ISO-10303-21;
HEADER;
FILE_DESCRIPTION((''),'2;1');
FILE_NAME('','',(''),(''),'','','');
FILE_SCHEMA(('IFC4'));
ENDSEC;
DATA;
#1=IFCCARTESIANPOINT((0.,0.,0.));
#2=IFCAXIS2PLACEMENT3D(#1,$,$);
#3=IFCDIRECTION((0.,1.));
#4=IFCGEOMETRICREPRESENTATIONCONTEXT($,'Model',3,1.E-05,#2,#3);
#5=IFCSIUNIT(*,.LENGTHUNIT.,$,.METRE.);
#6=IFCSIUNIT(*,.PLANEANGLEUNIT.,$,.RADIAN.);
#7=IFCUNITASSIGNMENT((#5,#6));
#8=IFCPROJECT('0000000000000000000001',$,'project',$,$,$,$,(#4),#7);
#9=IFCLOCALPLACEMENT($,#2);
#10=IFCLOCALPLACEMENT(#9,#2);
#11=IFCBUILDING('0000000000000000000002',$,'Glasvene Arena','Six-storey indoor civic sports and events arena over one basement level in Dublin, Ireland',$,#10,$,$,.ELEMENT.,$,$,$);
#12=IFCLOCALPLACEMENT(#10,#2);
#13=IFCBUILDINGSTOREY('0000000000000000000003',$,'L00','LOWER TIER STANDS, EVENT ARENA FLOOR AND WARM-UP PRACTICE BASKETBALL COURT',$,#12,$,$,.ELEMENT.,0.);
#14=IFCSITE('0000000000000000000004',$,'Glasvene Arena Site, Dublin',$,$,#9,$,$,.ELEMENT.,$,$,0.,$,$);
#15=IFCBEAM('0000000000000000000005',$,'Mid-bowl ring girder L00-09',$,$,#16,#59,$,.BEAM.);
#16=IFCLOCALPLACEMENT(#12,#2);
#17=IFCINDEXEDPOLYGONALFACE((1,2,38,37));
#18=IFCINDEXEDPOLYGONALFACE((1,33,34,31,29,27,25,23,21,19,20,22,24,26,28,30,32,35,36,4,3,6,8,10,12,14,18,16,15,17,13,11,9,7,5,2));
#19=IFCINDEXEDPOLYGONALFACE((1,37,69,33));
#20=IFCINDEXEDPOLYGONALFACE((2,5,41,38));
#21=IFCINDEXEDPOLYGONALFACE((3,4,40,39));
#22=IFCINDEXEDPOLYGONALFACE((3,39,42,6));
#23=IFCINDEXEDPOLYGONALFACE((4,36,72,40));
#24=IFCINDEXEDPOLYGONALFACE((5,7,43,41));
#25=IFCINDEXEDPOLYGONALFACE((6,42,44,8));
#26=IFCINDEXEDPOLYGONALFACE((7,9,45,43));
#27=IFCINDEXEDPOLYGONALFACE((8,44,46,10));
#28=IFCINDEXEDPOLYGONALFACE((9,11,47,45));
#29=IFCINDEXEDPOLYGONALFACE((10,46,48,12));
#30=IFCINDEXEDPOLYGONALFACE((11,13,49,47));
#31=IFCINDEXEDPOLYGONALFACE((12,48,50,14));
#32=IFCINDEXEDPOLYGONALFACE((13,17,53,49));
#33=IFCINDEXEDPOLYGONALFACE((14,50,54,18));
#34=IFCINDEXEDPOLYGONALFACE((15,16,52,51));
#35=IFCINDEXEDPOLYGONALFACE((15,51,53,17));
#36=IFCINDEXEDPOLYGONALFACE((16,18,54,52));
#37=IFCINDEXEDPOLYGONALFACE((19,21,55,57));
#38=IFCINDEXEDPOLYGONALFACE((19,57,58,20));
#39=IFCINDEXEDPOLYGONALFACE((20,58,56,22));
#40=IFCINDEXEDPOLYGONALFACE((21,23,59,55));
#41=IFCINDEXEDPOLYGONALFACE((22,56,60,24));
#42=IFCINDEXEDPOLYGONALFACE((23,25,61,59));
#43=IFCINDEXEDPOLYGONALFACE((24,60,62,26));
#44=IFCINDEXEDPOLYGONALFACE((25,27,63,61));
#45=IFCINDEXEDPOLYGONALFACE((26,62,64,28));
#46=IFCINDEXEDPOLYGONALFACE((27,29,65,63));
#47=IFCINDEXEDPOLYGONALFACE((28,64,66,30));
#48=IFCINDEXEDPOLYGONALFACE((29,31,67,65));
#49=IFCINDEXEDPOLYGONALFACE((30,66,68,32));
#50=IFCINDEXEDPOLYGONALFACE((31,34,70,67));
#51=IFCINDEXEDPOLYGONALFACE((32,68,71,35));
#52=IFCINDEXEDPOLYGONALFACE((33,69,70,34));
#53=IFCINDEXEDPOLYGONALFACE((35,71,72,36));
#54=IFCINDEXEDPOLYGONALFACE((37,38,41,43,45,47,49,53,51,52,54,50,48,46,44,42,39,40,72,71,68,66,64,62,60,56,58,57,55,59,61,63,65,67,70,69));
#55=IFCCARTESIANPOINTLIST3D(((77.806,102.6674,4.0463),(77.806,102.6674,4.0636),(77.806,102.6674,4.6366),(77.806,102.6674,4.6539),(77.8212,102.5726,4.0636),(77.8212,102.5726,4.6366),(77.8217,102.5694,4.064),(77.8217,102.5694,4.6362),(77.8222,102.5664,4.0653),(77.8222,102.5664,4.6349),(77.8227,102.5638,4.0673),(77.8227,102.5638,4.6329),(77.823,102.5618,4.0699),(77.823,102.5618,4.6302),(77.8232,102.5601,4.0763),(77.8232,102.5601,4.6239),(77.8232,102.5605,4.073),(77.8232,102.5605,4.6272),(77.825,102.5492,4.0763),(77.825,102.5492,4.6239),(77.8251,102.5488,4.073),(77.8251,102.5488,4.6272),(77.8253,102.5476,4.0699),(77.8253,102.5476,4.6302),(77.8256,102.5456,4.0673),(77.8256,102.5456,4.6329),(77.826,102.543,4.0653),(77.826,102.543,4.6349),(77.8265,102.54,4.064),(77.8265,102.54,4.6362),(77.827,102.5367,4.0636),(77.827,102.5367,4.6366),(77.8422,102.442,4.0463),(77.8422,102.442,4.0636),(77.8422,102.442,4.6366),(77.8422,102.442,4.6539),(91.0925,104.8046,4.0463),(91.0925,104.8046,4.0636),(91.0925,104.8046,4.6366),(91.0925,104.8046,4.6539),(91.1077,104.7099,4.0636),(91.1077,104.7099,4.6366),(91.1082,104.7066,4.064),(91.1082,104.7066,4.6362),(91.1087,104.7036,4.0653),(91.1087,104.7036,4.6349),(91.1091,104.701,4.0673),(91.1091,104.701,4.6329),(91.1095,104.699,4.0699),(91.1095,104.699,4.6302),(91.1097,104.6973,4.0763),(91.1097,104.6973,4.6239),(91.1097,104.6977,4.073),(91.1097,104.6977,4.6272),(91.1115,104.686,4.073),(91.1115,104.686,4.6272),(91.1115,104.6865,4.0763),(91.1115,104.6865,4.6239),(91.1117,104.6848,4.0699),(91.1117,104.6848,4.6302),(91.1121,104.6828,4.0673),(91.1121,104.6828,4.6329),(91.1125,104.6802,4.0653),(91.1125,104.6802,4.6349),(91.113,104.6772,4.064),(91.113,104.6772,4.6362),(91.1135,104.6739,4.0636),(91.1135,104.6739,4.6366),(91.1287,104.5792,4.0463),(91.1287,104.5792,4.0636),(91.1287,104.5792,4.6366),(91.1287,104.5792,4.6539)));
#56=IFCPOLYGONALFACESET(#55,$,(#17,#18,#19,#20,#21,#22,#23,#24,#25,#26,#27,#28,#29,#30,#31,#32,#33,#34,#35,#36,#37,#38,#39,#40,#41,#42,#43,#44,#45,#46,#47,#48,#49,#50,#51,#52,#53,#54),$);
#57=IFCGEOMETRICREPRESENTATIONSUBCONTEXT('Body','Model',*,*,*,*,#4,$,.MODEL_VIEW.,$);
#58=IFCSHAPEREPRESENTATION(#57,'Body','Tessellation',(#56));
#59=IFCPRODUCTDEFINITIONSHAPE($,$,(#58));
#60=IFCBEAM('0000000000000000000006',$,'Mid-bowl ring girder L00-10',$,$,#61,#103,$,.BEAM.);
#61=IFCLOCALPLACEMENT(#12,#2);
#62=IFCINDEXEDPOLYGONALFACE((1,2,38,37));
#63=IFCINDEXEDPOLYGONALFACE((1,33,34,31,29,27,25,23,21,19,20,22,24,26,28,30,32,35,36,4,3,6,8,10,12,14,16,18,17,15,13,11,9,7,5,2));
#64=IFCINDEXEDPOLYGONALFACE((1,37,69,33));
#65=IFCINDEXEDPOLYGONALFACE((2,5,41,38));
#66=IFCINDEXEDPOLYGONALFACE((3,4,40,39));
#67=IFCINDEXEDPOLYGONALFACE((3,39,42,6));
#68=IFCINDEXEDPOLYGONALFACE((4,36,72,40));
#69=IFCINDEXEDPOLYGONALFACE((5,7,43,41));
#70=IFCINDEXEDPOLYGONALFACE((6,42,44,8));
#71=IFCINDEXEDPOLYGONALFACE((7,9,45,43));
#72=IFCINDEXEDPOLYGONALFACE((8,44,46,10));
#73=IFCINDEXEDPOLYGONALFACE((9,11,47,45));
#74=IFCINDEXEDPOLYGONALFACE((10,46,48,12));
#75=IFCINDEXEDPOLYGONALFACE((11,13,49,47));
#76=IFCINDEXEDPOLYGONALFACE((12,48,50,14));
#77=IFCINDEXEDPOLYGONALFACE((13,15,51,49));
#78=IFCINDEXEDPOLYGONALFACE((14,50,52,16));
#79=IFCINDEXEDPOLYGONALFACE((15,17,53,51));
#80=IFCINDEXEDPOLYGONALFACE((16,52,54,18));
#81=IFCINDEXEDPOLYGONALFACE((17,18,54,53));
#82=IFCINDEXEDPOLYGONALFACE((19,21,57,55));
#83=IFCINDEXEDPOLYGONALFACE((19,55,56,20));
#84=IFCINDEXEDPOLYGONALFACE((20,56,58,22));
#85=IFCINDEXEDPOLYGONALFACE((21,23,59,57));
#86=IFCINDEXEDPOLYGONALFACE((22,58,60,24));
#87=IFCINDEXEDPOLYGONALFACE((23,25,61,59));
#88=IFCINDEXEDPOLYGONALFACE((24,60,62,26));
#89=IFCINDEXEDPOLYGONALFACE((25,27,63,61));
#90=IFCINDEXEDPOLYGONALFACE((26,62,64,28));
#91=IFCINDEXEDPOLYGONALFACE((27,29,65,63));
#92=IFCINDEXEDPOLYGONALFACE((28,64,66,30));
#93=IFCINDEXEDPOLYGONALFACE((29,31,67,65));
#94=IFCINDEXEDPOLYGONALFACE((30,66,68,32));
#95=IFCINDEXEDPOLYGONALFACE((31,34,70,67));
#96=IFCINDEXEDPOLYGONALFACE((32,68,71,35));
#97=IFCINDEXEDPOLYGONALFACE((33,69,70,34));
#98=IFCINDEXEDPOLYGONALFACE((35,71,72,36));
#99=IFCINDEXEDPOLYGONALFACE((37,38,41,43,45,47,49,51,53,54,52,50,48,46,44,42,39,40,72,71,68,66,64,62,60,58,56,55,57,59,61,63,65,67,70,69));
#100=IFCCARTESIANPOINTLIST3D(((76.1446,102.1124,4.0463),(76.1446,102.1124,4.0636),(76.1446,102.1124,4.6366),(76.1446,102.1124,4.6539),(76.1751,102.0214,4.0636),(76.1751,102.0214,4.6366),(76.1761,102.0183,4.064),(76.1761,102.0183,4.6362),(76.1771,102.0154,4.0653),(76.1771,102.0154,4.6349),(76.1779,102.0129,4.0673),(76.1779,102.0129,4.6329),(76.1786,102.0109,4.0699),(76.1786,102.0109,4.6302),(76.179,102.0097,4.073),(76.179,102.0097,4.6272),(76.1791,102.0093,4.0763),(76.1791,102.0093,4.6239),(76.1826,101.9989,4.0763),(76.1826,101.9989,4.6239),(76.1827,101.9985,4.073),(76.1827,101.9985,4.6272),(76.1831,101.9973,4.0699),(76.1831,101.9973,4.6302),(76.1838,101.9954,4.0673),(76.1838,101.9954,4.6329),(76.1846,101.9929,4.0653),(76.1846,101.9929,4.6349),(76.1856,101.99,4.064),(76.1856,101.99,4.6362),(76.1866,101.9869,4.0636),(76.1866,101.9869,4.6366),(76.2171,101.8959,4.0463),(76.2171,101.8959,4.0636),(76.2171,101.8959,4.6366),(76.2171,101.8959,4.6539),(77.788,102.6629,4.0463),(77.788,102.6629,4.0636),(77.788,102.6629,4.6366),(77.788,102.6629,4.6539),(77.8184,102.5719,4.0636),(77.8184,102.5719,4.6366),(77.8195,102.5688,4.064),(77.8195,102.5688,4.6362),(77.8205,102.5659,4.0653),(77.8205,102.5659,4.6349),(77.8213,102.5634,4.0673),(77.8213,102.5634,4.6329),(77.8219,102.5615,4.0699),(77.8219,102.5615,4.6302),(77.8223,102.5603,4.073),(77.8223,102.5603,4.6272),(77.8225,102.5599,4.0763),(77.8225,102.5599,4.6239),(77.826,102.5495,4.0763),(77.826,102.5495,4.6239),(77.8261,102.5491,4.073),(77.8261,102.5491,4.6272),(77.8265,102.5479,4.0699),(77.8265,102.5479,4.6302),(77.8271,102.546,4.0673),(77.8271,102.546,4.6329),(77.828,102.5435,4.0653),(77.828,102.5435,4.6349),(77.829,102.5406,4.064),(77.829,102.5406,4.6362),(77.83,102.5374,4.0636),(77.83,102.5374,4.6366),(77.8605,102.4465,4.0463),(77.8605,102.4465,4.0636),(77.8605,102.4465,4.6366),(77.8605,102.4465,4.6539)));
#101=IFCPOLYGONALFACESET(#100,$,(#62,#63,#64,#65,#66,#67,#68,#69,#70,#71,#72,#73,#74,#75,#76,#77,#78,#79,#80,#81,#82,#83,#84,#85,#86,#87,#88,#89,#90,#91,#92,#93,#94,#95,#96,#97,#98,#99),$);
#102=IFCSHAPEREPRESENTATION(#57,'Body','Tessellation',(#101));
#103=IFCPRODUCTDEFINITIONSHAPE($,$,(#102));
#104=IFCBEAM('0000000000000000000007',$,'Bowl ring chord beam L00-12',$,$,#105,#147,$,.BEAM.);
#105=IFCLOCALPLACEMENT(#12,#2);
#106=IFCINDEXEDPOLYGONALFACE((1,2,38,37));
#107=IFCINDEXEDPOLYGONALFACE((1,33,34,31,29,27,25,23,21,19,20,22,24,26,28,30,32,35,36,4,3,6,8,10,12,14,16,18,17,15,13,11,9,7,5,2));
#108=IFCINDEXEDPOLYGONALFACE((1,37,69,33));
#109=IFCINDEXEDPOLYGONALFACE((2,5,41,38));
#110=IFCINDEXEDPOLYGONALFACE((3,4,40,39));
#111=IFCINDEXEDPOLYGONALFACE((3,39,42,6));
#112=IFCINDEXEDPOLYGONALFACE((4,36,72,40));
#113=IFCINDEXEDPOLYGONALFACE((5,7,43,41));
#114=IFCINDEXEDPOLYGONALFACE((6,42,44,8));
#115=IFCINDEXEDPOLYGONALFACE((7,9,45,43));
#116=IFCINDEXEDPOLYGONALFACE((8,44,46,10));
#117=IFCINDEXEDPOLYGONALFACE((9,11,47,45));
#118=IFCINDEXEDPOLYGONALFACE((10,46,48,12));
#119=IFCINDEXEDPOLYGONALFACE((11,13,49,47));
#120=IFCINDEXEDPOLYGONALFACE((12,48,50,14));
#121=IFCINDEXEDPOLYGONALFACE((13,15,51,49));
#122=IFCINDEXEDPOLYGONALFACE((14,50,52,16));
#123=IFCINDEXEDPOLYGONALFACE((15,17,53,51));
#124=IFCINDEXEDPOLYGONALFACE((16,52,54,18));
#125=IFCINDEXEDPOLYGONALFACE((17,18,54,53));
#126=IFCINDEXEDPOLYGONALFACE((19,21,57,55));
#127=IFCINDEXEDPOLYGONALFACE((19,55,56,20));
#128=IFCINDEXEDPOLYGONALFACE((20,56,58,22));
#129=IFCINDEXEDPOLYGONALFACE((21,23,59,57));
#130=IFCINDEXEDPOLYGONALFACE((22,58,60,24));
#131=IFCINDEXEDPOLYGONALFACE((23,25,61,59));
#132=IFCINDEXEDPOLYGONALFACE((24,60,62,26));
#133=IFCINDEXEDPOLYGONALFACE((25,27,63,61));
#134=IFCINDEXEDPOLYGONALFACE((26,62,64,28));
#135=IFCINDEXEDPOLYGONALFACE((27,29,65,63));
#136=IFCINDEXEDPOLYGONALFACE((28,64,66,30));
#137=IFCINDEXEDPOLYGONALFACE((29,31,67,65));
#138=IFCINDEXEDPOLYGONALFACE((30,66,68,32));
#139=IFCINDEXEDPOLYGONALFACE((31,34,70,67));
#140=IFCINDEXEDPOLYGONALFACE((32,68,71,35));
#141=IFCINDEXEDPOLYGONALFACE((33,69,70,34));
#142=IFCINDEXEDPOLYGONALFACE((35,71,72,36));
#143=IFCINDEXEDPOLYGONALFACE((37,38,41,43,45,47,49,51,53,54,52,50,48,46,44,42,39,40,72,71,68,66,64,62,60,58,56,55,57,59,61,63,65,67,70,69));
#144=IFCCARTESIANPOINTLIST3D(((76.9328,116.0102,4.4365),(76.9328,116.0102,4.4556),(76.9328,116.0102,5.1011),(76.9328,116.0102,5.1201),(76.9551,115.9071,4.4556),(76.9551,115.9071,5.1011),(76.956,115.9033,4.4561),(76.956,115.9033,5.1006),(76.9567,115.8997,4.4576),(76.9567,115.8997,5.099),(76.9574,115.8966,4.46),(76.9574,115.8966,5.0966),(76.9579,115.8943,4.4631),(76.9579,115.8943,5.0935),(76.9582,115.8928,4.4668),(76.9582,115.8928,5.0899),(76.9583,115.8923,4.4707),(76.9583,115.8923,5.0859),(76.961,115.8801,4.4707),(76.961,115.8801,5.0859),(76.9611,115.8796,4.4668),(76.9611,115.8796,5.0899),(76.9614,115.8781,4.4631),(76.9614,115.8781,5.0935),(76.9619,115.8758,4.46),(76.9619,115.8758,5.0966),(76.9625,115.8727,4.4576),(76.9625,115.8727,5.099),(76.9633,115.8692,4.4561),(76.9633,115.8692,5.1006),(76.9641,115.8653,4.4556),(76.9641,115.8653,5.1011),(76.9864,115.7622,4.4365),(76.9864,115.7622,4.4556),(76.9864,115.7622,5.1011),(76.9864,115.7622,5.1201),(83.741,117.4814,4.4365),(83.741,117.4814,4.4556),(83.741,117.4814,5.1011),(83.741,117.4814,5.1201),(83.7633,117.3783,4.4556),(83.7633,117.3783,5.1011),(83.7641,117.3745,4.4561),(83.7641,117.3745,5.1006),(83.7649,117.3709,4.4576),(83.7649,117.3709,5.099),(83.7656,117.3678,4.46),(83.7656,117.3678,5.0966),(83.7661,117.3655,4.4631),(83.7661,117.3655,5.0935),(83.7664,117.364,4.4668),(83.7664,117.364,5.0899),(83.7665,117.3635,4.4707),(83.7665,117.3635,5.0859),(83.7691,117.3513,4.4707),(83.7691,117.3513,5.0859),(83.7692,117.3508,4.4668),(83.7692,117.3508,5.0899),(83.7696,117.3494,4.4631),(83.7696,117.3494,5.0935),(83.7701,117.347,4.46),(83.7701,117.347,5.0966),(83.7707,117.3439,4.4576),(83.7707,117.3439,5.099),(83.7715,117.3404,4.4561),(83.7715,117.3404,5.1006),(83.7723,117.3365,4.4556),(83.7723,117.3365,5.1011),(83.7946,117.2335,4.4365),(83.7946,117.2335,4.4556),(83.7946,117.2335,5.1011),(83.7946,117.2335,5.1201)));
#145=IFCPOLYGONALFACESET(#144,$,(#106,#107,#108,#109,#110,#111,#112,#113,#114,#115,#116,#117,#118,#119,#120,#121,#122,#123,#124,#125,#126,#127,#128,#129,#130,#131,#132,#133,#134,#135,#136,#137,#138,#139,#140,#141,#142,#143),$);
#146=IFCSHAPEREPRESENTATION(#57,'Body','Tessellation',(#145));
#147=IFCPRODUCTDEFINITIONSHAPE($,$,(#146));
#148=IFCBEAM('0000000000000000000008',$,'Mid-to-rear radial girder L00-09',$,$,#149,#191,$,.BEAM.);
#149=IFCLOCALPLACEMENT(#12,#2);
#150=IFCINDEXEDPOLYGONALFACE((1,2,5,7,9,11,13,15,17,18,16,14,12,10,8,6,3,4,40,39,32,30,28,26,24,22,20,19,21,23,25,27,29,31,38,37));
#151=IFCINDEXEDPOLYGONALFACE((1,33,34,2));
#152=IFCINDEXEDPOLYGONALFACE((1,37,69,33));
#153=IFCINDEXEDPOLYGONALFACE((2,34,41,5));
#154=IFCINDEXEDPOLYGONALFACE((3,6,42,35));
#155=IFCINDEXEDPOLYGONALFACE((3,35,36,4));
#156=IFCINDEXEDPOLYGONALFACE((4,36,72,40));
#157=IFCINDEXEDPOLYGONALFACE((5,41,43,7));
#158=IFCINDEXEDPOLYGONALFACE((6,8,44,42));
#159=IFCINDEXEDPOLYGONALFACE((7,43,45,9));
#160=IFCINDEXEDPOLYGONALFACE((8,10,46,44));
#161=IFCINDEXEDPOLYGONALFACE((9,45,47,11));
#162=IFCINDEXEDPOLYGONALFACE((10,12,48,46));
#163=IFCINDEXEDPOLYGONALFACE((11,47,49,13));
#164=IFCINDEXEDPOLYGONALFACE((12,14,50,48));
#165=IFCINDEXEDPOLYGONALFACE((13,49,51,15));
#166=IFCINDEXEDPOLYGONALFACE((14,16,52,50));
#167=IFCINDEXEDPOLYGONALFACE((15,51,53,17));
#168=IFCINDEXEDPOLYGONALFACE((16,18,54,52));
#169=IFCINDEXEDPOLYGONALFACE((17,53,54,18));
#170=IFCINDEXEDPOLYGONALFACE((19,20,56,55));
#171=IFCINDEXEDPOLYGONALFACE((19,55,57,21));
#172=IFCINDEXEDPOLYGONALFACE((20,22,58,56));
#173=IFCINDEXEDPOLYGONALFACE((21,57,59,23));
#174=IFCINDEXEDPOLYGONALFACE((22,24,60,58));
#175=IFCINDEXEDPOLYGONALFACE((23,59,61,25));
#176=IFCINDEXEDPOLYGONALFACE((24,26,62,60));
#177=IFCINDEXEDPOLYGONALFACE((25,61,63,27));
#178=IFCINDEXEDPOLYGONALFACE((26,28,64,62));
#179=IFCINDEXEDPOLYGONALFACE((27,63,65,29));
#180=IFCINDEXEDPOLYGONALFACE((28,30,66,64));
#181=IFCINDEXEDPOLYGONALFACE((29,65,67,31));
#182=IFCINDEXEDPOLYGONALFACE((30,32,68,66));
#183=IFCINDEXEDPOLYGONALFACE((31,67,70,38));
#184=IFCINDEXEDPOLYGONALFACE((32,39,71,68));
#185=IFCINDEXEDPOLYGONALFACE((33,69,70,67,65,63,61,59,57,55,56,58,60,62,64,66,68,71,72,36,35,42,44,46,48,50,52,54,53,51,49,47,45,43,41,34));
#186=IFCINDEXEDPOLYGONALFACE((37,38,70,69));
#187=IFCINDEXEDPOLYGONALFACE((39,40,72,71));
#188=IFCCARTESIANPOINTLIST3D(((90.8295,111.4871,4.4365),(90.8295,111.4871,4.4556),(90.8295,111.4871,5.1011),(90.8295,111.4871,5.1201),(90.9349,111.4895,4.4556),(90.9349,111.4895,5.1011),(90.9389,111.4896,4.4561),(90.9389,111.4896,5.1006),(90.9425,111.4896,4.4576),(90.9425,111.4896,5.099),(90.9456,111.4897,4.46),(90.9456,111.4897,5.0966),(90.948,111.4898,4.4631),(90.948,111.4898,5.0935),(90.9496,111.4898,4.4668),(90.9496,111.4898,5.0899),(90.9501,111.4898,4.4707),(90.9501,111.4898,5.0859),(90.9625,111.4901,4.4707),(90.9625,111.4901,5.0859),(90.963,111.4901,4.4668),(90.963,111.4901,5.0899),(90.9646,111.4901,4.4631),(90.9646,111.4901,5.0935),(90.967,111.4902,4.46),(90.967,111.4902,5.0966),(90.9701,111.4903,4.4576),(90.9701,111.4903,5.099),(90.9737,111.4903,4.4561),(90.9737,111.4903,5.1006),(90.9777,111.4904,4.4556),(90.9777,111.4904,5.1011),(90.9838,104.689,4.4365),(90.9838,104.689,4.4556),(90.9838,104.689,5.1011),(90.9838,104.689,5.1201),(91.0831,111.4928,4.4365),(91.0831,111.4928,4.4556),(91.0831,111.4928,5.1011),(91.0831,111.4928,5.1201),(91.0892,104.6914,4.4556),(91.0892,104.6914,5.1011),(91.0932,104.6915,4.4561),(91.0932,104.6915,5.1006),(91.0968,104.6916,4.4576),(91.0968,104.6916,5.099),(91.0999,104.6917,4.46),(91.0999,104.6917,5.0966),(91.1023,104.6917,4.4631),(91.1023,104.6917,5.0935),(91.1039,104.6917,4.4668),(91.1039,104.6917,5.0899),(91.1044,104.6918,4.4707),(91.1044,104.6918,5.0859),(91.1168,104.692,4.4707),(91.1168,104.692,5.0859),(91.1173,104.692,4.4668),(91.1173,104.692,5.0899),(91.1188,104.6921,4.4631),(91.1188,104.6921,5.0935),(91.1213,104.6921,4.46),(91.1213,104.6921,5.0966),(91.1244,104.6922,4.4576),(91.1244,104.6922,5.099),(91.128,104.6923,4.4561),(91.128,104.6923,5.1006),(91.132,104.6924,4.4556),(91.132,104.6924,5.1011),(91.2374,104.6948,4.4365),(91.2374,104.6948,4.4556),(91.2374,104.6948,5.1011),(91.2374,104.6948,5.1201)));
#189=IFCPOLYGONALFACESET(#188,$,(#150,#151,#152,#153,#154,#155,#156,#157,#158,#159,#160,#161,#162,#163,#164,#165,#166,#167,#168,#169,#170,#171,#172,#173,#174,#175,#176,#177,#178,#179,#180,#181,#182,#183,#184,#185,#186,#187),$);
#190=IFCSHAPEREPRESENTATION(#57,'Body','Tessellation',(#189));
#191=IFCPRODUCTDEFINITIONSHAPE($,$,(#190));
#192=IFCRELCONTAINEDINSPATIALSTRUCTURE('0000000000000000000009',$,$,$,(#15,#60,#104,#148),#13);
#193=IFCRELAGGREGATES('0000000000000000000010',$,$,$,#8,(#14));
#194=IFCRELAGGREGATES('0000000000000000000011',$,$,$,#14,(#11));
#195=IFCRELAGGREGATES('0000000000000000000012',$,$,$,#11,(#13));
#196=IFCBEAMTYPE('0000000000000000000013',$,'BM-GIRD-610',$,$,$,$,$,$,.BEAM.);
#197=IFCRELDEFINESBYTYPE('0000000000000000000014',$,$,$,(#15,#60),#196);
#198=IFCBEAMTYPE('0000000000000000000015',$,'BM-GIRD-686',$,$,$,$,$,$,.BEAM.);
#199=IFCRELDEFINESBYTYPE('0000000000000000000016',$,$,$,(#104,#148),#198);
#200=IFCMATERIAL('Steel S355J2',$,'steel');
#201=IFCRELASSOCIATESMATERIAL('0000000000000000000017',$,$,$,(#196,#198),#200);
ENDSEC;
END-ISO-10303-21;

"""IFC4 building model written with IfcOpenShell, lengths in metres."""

from ifc_helpers import new_model, si_unit, direction, frame, origin, origin_2d, place, context, subcontext, project, spatial, i_section, extrude, material, material_profile, profile_set, type_object, element, save


model = new_model("IFC4")

# Units and contexts
model_context = context("Model", 3, precision=1e-05, world=origin(), true_north=direction((0.0, 1.0)))
body_context = subcontext(model_context, "Body", "Model", "MODEL_VIEW")
ifc_project = project(units=[si_unit("LENGTHUNIT", "METRE"), si_unit("PLANEANGLEUNIT", "RADIAN")], contexts=[model_context])

# Site, building, storey
site_placement = place(None, origin())
site = spatial("IfcSite", under=ifc_project, at=site_placement, Name="Glasvene Arena Site, Dublin", CompositionType="ELEMENT", RefElevation=0.0)
building_placement = place(site_placement, origin())
building = spatial("IfcBuilding", under=site, at=building_placement, Name="Glasvene Arena", Description="Six-storey indoor civic sports and events arena over one basement level in Dublin, Ireland", CompositionType="ELEMENT")
storey_placement = place(building_placement, origin())
storey = spatial("IfcBuildingStorey", under=building, at=storey_placement, Name="L00", Description="LOWER TIER STANDS, EVENT ARENA FLOOR AND WARM-UP PRACTICE BASKETBALL COURT", CompositionType="ELEMENT", Elevation=0.0)

# Shared definitions
ifc_material_1 = material(Name="Steel S355J2", Category="steel")

# Beams
ifc_material_profile_1 = material_profile(ifc_material_1, i_section(OverallWidth=0.2283, OverallDepth=0.6077, WebThickness=0.011, FlangeThickness=0.0173, FilletRadius=0.0127, at=origin_2d()), Name="UKB 610x229x113")
ifc_profile_set_1 = profile_set([ifc_material_profile_1], Name="Steel S355J2")
beam_type_1 = type_object("IfcBeamType", Name="BM-GIRD-610", PredefinedType="BEAM", material=ifc_profile_set_1)
beam_1_placement = place(storey_placement, frame((91.1106, 104.6919, 4.3501), z_axis=(-0.987308, -0.158815, 0.0), x_axis=(0.158815, -0.987308, 0.0)))
element("IfcBeam", 1, at=beam_1_placement, inside=storey, type_object=beam_type_1, Name="Mid-bowl ring girder L00-09", PredefinedType="BEAM", context=body_context, shape_type="SweptSolid", body=[
    extrude(i_section(OverallWidth=0.2283, OverallDepth=0.6077, WebThickness=0.011, FlangeThickness=0.0173, FilletRadius=0.0127, at=origin_2d()), origin(), (0.0, 0.0, 1.0), 13.4573),
])
beam_2_placement = place(storey_placement, frame((77.8242, 102.5547, 4.3501), z_axis=(-0.948203, -0.317664, 0.0), x_axis=(0.317664, -0.948203, 0.0)))
element("IfcBeam", 2, at=beam_2_placement, inside=storey, type_object=beam_type_1, Name="Mid-bowl ring girder L00-10", PredefinedType="BEAM", context=body_context, shape_type="SweptSolid", body=[
    extrude(i_section(OverallWidth=0.2283, OverallDepth=0.6077, WebThickness=0.011, FlangeThickness=0.0173, FilletRadius=0.0127, at=origin_2d()), origin(), (0.0, 0.0, 1.0), 1.7332),
])
ifc_material_profile_2 = material_profile(ifc_material_1, i_section(OverallWidth=0.2537, OverallDepth=0.6836, WebThickness=0.0125, FlangeThickness=0.019, FilletRadius=0.0151, at=origin_2d()), Name="UKB 686x254x140")
ifc_profile_set_2 = profile_set([ifc_material_profile_2], Name="Steel S355J2")
beam_type_2 = type_object("IfcBeamType", Name="BM-GIRD-686", PredefinedType="BEAM", material=ifc_profile_set_2)
beam_3_placement = place(storey_placement, frame((83.7678, 117.3574, 4.7783), z_axis=(-0.977439, -0.211219, 0.0), x_axis=(0.211219, -0.977439, 0.0)))
element("IfcBeam", 3, at=beam_3_placement, inside=storey, type_object=beam_type_2, Name="Bowl ring chord beam L00-12", PredefinedType="BEAM", context=body_context, shape_type="SweptSolid", body=[
    extrude(i_section(OverallWidth=0.2537, OverallDepth=0.6836, WebThickness=0.0125, FlangeThickness=0.019, FilletRadius=0.0151, at=origin_2d()), origin(), (0.0, 0.0, 1.0), 6.9653),
])
beam_4_placement = place(storey_placement, frame((91.1106, 104.6919, 4.7783), z_axis=(-0.022691, 0.999743, 0.0), x_axis=(-0.999743, -0.022691, 0.0)))
element("IfcBeam", 4, at=beam_4_placement, inside=storey, type_object=beam_type_2, Name="Mid-to-rear radial girder L00-09", PredefinedType="BEAM", context=body_context, shape_type="SweptSolid", body=[
    extrude(i_section(OverallWidth=0.2537, OverallDepth=0.6836, WebThickness=0.0125, FlangeThickness=0.019, FilletRadius=0.0151, at=origin_2d()), origin(), (0.0, 0.0, 1.0), 6.7998),
])

save(model, "model.ifc")
